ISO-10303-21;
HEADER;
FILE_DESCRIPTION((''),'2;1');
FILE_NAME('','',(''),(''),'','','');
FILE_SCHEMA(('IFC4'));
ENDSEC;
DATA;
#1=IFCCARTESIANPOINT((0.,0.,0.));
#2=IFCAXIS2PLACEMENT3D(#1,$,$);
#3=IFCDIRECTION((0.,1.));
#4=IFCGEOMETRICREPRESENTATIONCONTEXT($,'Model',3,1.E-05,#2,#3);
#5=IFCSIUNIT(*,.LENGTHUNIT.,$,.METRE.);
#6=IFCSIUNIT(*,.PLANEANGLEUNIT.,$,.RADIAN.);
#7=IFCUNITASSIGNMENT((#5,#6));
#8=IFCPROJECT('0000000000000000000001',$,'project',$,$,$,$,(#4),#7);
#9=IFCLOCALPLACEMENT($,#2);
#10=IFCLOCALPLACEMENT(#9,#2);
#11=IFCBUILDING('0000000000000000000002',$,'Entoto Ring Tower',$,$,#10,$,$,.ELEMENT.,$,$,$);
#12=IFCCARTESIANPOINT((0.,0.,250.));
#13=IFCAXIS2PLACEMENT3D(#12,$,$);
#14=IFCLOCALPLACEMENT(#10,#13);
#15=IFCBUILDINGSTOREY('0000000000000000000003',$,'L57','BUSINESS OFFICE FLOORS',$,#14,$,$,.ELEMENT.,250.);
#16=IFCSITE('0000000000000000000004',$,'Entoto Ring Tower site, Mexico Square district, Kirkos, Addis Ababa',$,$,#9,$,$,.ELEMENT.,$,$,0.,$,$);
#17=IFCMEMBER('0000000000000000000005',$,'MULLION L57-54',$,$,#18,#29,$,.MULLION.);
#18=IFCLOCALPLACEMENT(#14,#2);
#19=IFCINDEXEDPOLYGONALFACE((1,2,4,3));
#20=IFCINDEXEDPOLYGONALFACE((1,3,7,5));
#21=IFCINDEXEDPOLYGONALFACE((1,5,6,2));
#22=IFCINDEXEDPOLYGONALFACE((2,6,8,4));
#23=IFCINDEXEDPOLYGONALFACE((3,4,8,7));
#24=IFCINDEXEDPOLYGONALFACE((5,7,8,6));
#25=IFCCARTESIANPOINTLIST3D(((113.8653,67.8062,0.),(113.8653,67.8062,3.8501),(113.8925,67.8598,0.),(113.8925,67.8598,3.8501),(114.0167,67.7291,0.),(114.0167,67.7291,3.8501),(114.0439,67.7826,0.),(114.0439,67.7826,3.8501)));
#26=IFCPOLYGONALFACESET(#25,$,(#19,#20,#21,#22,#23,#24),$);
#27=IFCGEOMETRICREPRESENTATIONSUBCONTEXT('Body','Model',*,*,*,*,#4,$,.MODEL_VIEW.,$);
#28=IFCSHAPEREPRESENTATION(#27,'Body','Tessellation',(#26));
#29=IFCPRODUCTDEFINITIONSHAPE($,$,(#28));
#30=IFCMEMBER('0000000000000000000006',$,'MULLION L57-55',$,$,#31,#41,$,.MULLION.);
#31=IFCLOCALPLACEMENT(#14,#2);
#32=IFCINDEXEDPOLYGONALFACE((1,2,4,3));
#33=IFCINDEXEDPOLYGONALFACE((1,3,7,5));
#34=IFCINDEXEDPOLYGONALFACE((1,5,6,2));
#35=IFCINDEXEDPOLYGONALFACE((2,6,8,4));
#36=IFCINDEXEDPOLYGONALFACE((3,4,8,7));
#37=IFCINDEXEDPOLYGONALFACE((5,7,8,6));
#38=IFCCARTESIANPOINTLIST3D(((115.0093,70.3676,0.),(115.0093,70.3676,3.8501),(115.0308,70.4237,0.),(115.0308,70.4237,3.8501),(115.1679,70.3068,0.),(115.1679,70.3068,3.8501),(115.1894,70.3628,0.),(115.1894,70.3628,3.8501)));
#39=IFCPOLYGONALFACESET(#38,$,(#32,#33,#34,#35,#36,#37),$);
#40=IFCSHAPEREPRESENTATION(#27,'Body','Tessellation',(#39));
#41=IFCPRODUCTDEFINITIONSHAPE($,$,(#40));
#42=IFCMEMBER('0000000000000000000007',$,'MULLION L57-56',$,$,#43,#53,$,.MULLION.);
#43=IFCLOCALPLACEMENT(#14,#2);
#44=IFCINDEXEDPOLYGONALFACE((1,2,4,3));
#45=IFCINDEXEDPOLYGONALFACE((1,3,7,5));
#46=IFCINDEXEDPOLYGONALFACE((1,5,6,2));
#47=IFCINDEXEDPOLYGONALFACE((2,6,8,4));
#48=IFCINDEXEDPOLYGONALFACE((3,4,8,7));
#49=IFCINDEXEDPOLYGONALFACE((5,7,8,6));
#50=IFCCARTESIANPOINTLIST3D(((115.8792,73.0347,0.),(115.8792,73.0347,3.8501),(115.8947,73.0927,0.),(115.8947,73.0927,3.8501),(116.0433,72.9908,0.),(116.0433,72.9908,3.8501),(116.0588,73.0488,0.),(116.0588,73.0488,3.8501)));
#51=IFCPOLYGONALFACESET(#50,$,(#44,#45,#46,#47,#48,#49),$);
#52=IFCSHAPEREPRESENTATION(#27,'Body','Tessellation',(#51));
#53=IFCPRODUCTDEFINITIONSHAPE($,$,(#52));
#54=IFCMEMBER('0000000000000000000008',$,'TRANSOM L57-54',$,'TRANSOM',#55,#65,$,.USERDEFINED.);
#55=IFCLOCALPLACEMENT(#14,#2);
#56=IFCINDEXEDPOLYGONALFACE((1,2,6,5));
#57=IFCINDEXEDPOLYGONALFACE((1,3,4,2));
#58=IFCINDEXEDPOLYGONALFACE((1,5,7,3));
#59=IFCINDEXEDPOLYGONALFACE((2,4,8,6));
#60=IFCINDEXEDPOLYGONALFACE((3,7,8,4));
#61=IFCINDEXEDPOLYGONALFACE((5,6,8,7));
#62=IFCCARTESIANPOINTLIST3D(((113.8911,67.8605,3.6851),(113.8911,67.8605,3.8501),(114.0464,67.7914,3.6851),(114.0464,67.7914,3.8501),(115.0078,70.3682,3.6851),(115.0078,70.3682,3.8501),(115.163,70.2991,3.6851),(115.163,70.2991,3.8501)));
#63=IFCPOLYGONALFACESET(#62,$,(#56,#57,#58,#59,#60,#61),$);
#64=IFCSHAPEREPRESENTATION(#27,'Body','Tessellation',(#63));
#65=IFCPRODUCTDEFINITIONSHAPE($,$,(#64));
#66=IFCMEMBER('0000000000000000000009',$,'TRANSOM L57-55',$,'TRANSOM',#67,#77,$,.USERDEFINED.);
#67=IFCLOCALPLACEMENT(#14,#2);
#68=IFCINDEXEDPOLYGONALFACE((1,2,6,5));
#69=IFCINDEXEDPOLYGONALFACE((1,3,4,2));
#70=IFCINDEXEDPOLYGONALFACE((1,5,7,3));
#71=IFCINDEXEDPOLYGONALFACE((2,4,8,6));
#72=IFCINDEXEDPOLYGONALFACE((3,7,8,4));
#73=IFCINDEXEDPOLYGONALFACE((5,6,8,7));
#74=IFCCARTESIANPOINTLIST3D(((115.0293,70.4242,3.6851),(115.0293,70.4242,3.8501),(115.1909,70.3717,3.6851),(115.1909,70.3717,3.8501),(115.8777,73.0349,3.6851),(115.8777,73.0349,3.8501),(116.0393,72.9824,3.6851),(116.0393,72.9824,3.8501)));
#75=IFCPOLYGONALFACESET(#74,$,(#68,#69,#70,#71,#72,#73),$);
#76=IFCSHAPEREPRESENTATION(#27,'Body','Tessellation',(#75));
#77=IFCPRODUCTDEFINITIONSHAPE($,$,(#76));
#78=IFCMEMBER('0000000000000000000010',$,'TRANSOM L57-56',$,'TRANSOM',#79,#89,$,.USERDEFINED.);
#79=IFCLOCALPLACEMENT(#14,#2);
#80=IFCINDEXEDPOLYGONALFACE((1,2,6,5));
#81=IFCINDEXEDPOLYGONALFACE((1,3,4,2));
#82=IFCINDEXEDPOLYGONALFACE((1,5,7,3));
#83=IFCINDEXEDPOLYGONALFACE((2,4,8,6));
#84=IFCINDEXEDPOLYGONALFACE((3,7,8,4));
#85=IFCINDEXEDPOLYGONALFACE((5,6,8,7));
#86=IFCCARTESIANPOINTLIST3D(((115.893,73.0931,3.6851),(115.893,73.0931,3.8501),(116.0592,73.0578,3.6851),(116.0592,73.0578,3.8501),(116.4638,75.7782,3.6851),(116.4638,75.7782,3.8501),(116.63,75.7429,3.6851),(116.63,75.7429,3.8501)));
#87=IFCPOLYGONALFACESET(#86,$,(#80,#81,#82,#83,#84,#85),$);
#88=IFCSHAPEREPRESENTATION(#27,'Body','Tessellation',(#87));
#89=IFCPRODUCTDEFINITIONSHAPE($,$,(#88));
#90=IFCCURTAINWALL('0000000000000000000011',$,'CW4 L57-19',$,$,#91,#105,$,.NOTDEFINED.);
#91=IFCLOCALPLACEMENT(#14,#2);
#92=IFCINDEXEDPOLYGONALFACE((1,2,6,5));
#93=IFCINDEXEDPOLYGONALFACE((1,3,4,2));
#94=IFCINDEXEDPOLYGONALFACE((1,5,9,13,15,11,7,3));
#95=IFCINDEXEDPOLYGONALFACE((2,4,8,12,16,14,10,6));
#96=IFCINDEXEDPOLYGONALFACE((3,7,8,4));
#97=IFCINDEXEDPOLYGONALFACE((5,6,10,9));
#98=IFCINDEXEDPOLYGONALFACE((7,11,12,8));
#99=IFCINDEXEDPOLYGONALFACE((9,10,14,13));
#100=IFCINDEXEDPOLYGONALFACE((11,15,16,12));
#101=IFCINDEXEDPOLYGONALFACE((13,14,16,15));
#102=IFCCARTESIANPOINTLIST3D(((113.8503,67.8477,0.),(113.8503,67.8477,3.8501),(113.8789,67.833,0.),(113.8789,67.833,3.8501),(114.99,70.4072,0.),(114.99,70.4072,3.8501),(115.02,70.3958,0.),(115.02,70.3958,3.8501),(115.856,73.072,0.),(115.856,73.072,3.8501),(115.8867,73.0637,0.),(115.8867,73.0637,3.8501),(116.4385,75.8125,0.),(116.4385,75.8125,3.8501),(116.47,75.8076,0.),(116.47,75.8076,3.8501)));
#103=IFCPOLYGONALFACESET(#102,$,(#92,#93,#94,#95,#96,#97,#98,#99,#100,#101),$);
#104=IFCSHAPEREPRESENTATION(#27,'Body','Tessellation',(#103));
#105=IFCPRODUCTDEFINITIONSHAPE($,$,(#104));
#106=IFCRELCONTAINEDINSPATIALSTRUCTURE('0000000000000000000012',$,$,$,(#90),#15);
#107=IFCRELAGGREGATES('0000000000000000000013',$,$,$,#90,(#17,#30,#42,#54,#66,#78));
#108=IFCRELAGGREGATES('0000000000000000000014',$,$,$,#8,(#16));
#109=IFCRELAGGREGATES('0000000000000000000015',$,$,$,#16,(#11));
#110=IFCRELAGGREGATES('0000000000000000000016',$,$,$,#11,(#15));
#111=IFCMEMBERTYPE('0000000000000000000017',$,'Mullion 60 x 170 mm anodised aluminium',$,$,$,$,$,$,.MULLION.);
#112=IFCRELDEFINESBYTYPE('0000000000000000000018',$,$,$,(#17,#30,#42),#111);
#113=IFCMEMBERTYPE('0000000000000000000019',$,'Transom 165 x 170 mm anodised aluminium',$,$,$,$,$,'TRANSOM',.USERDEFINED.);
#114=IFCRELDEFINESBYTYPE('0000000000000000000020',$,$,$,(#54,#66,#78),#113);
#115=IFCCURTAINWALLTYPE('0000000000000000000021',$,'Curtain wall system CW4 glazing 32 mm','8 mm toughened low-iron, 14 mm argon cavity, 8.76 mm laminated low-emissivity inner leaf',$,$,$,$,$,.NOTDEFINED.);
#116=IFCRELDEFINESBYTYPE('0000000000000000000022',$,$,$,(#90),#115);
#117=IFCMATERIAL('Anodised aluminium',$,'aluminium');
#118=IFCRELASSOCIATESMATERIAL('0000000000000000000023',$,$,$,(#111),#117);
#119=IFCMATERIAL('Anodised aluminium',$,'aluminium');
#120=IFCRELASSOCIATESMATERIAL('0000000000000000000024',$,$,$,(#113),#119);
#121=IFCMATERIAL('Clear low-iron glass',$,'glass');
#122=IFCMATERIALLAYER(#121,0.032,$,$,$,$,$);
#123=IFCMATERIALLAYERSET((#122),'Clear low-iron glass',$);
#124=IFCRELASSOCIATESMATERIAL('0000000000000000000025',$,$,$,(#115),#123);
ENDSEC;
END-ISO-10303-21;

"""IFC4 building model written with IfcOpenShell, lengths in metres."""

from ifc_helpers import new_model, si_unit, direction, frame, origin, origin_2d, place, context, subcontext, project, spatial, polyline, rectangle, outline, extrude, material, layer, layer_set, material_profile, profile_set, type_object, element, aggregate, save


model = new_model("IFC4")

# Units and contexts
model_context = context("Model", 3, precision=1e-05, world=origin(), true_north=direction((0.0, 1.0)))
body_context = subcontext(model_context, "Body", "Model", "MODEL_VIEW")
ifc_project = project(units=[si_unit("LENGTHUNIT", "METRE"), si_unit("PLANEANGLEUNIT", "RADIAN")], contexts=[model_context])

# Members
ifc_material_1 = material(Name="Anodised aluminium", Category="aluminium")
ifc_material_profile_1 = material_profile(ifc_material_1, rectangle(XDim=0.0601, YDim=0.1699, at=origin_2d()), Name="Mullion 60 x 170 mm anodised aluminium")
ifc_profile_set_1 = profile_set([ifc_material_profile_1], Name="Anodised aluminium")
member_type_1 = type_object("IfcMemberType", Name="Mullion 60 x 170 mm anodised aluminium", PredefinedType="MULLION", material=ifc_profile_set_1)
site_placement = place(None, origin())
building_placement = place(site_placement, origin())
storey_placement = place(building_placement, frame((0.0, 0.0, 250.0)))
member_1_placement = place(storey_placement, frame((113.9546, 67.7944, 0.0), z_axis=(0.0, 0.0, 1.0), x_axis=(0.45399, 0.891007, 0.0)))
member_1 = element("IfcMember", 1, at=member_1_placement, type_object=member_type_1, Name="MULLION L57-54", PredefinedType="MULLION", context=body_context, shape_type="SweptSolid", body=[
    extrude(rectangle(XDim=0.0601, YDim=0.1699, at=origin_2d()), origin(), (0.0, 0.0, 1.0), 3.8501),
])
member_2_placement = place(storey_placement, frame((115.0994, 70.3652, 0.0), z_axis=(0.0, 0.0, 1.0), x_axis=(0.358368, 0.93358, 0.0)))
member_2 = element("IfcMember", 2, at=member_2_placement, type_object=member_type_1, Name="MULLION L57-55", PredefinedType="MULLION", context=body_context, shape_type="SweptSolid", body=[
    extrude(rectangle(XDim=0.0601, YDim=0.1699, at=origin_2d()), origin(), (0.0, 0.0, 1.0), 3.8501),
])
member_3_placement = place(storey_placement, frame((115.969, 73.0417, 0.0), z_axis=(0.0, 0.0, 1.0), x_axis=(0.258819, 0.965926, 0.0)))
member_3 = element("IfcMember", 3, at=member_3_placement, type_object=member_type_1, Name="MULLION L57-56", PredefinedType="MULLION", context=body_context, shape_type="SweptSolid", body=[
    extrude(rectangle(XDim=0.0601, YDim=0.1699, at=origin_2d()), origin(), (0.0, 0.0, 1.0), 3.8501),
])
ifc_material_2 = material(Name="Anodised aluminium", Category="aluminium")
ifc_material_profile_2 = material_profile(ifc_material_2, rectangle(XDim=0.1699, YDim=0.165, at=origin_2d()), Name="Transom 165 x 170 mm anodised aluminium")
ifc_profile_set_2 = profile_set([ifc_material_profile_2], Name="Anodised aluminium")
member_type_2 = type_object("IfcMemberType", Name="Transom 165 x 170 mm anodised aluminium", ElementType="TRANSOM", PredefinedType="USERDEFINED", material=ifc_profile_set_2)
member_4_placement = place(storey_placement, frame((113.9688, 67.8259, 3.7676), z_axis=(0.406782, 0.913525, 0.0), x_axis=(-0.913525, 0.406782, 0.0)))
member_4 = element("IfcMember", 4, at=member_4_placement, type_object=member_type_2, Name="TRANSOM L57-54", ObjectType="TRANSOM", PredefinedType="USERDEFINED", context=body_context, shape_type="SweptSolid", body=[
    extrude(rectangle(XDim=0.1699, YDim=0.165, at=origin_2d()), origin(), (0.0, 0.0, 1.0), 2.7451),
])
member_5_placement = place(storey_placement, frame((115.1101, 70.3979, 3.7676), z_axis=(0.309042, 0.951048, 0.0), x_axis=(-0.951048, 0.309042, 0.0)))
member_5 = element("IfcMember", 5, at=member_5_placement, type_object=member_type_2, Name="TRANSOM L57-55", ObjectType="TRANSOM", PredefinedType="USERDEFINED", context=body_context, shape_type="SweptSolid", body=[
    extrude(rectangle(XDim=0.1699, YDim=0.165, at=origin_2d()), origin(), (0.0, 0.0, 1.0), 2.7451),
])
member_6_placement = place(storey_placement, frame((115.9761, 73.0754, 3.7676), z_axis=(0.207937, 0.978142, 0.0), x_axis=(-0.978142, 0.207937, 0.0)))
member_6 = element("IfcMember", 6, at=member_6_placement, type_object=member_type_2, Name="TRANSOM L57-56", ObjectType="TRANSOM", PredefinedType="USERDEFINED", context=body_context, shape_type="SweptSolid", body=[
    extrude(rectangle(XDim=0.1699, YDim=0.165, at=origin_2d()), origin(), (0.0, 0.0, 1.0), 2.7451),
])

# Site, building, storey
site = spatial("IfcSite", under=ifc_project, at=site_placement, Name="Entoto Ring Tower site, Mexico Square district, Kirkos, Addis Ababa", CompositionType="ELEMENT", RefElevation=0.0)
building = spatial("IfcBuilding", under=site, at=building_placement, Name="Entoto Ring Tower", CompositionType="ELEMENT")
storey = spatial("IfcBuildingStorey", under=building, at=storey_placement, Name="L57", Description="BUSINESS OFFICE FLOORS", CompositionType="ELEMENT", Elevation=250.0)

# Curtain wall
ifc_material_3 = material(Name="Clear low-iron glass", Category="glass")
ifc_layer = layer(ifc_material_3, 0.032)
ifc_layer_set = layer_set([ifc_layer], Name="Clear low-iron glass")
curtain_wall_type = type_object("IfcCurtainWallType", Name="Curtain wall system CW4 glazing 32 mm", Description="8 mm toughened low-iron, 14 mm argon cavity, 8.76 mm laminated low-emissivity inner leaf", PredefinedType="NOTDEFINED", material=ifc_layer_set)
curtain_wall_1_placement = place(storey_placement, origin())
curtain_wall_1 = element("IfcCurtainWall", 7, at=curtain_wall_1_placement, inside=storey, type_object=curtain_wall_type, Name="CW4 L57-19", PredefinedType="NOTDEFINED", context=body_context, shape_type="SweptSolid", body=[
    extrude(outline(polyline([(113.8789, 67.833), (115.02, 70.3958), (115.8867, 73.0637), (116.47, 75.8076), (116.4385, 75.8125), (115.856, 73.072), (114.99, 70.4072), (113.8503, 67.8477), (113.8789, 67.833)])), origin(), (0.0, 0.0, 1.0), 3.8501),
])
aggregate(curtain_wall_1, [member_1, member_2, member_3, member_4, member_5, member_6])

save(model, "model.ifc")
